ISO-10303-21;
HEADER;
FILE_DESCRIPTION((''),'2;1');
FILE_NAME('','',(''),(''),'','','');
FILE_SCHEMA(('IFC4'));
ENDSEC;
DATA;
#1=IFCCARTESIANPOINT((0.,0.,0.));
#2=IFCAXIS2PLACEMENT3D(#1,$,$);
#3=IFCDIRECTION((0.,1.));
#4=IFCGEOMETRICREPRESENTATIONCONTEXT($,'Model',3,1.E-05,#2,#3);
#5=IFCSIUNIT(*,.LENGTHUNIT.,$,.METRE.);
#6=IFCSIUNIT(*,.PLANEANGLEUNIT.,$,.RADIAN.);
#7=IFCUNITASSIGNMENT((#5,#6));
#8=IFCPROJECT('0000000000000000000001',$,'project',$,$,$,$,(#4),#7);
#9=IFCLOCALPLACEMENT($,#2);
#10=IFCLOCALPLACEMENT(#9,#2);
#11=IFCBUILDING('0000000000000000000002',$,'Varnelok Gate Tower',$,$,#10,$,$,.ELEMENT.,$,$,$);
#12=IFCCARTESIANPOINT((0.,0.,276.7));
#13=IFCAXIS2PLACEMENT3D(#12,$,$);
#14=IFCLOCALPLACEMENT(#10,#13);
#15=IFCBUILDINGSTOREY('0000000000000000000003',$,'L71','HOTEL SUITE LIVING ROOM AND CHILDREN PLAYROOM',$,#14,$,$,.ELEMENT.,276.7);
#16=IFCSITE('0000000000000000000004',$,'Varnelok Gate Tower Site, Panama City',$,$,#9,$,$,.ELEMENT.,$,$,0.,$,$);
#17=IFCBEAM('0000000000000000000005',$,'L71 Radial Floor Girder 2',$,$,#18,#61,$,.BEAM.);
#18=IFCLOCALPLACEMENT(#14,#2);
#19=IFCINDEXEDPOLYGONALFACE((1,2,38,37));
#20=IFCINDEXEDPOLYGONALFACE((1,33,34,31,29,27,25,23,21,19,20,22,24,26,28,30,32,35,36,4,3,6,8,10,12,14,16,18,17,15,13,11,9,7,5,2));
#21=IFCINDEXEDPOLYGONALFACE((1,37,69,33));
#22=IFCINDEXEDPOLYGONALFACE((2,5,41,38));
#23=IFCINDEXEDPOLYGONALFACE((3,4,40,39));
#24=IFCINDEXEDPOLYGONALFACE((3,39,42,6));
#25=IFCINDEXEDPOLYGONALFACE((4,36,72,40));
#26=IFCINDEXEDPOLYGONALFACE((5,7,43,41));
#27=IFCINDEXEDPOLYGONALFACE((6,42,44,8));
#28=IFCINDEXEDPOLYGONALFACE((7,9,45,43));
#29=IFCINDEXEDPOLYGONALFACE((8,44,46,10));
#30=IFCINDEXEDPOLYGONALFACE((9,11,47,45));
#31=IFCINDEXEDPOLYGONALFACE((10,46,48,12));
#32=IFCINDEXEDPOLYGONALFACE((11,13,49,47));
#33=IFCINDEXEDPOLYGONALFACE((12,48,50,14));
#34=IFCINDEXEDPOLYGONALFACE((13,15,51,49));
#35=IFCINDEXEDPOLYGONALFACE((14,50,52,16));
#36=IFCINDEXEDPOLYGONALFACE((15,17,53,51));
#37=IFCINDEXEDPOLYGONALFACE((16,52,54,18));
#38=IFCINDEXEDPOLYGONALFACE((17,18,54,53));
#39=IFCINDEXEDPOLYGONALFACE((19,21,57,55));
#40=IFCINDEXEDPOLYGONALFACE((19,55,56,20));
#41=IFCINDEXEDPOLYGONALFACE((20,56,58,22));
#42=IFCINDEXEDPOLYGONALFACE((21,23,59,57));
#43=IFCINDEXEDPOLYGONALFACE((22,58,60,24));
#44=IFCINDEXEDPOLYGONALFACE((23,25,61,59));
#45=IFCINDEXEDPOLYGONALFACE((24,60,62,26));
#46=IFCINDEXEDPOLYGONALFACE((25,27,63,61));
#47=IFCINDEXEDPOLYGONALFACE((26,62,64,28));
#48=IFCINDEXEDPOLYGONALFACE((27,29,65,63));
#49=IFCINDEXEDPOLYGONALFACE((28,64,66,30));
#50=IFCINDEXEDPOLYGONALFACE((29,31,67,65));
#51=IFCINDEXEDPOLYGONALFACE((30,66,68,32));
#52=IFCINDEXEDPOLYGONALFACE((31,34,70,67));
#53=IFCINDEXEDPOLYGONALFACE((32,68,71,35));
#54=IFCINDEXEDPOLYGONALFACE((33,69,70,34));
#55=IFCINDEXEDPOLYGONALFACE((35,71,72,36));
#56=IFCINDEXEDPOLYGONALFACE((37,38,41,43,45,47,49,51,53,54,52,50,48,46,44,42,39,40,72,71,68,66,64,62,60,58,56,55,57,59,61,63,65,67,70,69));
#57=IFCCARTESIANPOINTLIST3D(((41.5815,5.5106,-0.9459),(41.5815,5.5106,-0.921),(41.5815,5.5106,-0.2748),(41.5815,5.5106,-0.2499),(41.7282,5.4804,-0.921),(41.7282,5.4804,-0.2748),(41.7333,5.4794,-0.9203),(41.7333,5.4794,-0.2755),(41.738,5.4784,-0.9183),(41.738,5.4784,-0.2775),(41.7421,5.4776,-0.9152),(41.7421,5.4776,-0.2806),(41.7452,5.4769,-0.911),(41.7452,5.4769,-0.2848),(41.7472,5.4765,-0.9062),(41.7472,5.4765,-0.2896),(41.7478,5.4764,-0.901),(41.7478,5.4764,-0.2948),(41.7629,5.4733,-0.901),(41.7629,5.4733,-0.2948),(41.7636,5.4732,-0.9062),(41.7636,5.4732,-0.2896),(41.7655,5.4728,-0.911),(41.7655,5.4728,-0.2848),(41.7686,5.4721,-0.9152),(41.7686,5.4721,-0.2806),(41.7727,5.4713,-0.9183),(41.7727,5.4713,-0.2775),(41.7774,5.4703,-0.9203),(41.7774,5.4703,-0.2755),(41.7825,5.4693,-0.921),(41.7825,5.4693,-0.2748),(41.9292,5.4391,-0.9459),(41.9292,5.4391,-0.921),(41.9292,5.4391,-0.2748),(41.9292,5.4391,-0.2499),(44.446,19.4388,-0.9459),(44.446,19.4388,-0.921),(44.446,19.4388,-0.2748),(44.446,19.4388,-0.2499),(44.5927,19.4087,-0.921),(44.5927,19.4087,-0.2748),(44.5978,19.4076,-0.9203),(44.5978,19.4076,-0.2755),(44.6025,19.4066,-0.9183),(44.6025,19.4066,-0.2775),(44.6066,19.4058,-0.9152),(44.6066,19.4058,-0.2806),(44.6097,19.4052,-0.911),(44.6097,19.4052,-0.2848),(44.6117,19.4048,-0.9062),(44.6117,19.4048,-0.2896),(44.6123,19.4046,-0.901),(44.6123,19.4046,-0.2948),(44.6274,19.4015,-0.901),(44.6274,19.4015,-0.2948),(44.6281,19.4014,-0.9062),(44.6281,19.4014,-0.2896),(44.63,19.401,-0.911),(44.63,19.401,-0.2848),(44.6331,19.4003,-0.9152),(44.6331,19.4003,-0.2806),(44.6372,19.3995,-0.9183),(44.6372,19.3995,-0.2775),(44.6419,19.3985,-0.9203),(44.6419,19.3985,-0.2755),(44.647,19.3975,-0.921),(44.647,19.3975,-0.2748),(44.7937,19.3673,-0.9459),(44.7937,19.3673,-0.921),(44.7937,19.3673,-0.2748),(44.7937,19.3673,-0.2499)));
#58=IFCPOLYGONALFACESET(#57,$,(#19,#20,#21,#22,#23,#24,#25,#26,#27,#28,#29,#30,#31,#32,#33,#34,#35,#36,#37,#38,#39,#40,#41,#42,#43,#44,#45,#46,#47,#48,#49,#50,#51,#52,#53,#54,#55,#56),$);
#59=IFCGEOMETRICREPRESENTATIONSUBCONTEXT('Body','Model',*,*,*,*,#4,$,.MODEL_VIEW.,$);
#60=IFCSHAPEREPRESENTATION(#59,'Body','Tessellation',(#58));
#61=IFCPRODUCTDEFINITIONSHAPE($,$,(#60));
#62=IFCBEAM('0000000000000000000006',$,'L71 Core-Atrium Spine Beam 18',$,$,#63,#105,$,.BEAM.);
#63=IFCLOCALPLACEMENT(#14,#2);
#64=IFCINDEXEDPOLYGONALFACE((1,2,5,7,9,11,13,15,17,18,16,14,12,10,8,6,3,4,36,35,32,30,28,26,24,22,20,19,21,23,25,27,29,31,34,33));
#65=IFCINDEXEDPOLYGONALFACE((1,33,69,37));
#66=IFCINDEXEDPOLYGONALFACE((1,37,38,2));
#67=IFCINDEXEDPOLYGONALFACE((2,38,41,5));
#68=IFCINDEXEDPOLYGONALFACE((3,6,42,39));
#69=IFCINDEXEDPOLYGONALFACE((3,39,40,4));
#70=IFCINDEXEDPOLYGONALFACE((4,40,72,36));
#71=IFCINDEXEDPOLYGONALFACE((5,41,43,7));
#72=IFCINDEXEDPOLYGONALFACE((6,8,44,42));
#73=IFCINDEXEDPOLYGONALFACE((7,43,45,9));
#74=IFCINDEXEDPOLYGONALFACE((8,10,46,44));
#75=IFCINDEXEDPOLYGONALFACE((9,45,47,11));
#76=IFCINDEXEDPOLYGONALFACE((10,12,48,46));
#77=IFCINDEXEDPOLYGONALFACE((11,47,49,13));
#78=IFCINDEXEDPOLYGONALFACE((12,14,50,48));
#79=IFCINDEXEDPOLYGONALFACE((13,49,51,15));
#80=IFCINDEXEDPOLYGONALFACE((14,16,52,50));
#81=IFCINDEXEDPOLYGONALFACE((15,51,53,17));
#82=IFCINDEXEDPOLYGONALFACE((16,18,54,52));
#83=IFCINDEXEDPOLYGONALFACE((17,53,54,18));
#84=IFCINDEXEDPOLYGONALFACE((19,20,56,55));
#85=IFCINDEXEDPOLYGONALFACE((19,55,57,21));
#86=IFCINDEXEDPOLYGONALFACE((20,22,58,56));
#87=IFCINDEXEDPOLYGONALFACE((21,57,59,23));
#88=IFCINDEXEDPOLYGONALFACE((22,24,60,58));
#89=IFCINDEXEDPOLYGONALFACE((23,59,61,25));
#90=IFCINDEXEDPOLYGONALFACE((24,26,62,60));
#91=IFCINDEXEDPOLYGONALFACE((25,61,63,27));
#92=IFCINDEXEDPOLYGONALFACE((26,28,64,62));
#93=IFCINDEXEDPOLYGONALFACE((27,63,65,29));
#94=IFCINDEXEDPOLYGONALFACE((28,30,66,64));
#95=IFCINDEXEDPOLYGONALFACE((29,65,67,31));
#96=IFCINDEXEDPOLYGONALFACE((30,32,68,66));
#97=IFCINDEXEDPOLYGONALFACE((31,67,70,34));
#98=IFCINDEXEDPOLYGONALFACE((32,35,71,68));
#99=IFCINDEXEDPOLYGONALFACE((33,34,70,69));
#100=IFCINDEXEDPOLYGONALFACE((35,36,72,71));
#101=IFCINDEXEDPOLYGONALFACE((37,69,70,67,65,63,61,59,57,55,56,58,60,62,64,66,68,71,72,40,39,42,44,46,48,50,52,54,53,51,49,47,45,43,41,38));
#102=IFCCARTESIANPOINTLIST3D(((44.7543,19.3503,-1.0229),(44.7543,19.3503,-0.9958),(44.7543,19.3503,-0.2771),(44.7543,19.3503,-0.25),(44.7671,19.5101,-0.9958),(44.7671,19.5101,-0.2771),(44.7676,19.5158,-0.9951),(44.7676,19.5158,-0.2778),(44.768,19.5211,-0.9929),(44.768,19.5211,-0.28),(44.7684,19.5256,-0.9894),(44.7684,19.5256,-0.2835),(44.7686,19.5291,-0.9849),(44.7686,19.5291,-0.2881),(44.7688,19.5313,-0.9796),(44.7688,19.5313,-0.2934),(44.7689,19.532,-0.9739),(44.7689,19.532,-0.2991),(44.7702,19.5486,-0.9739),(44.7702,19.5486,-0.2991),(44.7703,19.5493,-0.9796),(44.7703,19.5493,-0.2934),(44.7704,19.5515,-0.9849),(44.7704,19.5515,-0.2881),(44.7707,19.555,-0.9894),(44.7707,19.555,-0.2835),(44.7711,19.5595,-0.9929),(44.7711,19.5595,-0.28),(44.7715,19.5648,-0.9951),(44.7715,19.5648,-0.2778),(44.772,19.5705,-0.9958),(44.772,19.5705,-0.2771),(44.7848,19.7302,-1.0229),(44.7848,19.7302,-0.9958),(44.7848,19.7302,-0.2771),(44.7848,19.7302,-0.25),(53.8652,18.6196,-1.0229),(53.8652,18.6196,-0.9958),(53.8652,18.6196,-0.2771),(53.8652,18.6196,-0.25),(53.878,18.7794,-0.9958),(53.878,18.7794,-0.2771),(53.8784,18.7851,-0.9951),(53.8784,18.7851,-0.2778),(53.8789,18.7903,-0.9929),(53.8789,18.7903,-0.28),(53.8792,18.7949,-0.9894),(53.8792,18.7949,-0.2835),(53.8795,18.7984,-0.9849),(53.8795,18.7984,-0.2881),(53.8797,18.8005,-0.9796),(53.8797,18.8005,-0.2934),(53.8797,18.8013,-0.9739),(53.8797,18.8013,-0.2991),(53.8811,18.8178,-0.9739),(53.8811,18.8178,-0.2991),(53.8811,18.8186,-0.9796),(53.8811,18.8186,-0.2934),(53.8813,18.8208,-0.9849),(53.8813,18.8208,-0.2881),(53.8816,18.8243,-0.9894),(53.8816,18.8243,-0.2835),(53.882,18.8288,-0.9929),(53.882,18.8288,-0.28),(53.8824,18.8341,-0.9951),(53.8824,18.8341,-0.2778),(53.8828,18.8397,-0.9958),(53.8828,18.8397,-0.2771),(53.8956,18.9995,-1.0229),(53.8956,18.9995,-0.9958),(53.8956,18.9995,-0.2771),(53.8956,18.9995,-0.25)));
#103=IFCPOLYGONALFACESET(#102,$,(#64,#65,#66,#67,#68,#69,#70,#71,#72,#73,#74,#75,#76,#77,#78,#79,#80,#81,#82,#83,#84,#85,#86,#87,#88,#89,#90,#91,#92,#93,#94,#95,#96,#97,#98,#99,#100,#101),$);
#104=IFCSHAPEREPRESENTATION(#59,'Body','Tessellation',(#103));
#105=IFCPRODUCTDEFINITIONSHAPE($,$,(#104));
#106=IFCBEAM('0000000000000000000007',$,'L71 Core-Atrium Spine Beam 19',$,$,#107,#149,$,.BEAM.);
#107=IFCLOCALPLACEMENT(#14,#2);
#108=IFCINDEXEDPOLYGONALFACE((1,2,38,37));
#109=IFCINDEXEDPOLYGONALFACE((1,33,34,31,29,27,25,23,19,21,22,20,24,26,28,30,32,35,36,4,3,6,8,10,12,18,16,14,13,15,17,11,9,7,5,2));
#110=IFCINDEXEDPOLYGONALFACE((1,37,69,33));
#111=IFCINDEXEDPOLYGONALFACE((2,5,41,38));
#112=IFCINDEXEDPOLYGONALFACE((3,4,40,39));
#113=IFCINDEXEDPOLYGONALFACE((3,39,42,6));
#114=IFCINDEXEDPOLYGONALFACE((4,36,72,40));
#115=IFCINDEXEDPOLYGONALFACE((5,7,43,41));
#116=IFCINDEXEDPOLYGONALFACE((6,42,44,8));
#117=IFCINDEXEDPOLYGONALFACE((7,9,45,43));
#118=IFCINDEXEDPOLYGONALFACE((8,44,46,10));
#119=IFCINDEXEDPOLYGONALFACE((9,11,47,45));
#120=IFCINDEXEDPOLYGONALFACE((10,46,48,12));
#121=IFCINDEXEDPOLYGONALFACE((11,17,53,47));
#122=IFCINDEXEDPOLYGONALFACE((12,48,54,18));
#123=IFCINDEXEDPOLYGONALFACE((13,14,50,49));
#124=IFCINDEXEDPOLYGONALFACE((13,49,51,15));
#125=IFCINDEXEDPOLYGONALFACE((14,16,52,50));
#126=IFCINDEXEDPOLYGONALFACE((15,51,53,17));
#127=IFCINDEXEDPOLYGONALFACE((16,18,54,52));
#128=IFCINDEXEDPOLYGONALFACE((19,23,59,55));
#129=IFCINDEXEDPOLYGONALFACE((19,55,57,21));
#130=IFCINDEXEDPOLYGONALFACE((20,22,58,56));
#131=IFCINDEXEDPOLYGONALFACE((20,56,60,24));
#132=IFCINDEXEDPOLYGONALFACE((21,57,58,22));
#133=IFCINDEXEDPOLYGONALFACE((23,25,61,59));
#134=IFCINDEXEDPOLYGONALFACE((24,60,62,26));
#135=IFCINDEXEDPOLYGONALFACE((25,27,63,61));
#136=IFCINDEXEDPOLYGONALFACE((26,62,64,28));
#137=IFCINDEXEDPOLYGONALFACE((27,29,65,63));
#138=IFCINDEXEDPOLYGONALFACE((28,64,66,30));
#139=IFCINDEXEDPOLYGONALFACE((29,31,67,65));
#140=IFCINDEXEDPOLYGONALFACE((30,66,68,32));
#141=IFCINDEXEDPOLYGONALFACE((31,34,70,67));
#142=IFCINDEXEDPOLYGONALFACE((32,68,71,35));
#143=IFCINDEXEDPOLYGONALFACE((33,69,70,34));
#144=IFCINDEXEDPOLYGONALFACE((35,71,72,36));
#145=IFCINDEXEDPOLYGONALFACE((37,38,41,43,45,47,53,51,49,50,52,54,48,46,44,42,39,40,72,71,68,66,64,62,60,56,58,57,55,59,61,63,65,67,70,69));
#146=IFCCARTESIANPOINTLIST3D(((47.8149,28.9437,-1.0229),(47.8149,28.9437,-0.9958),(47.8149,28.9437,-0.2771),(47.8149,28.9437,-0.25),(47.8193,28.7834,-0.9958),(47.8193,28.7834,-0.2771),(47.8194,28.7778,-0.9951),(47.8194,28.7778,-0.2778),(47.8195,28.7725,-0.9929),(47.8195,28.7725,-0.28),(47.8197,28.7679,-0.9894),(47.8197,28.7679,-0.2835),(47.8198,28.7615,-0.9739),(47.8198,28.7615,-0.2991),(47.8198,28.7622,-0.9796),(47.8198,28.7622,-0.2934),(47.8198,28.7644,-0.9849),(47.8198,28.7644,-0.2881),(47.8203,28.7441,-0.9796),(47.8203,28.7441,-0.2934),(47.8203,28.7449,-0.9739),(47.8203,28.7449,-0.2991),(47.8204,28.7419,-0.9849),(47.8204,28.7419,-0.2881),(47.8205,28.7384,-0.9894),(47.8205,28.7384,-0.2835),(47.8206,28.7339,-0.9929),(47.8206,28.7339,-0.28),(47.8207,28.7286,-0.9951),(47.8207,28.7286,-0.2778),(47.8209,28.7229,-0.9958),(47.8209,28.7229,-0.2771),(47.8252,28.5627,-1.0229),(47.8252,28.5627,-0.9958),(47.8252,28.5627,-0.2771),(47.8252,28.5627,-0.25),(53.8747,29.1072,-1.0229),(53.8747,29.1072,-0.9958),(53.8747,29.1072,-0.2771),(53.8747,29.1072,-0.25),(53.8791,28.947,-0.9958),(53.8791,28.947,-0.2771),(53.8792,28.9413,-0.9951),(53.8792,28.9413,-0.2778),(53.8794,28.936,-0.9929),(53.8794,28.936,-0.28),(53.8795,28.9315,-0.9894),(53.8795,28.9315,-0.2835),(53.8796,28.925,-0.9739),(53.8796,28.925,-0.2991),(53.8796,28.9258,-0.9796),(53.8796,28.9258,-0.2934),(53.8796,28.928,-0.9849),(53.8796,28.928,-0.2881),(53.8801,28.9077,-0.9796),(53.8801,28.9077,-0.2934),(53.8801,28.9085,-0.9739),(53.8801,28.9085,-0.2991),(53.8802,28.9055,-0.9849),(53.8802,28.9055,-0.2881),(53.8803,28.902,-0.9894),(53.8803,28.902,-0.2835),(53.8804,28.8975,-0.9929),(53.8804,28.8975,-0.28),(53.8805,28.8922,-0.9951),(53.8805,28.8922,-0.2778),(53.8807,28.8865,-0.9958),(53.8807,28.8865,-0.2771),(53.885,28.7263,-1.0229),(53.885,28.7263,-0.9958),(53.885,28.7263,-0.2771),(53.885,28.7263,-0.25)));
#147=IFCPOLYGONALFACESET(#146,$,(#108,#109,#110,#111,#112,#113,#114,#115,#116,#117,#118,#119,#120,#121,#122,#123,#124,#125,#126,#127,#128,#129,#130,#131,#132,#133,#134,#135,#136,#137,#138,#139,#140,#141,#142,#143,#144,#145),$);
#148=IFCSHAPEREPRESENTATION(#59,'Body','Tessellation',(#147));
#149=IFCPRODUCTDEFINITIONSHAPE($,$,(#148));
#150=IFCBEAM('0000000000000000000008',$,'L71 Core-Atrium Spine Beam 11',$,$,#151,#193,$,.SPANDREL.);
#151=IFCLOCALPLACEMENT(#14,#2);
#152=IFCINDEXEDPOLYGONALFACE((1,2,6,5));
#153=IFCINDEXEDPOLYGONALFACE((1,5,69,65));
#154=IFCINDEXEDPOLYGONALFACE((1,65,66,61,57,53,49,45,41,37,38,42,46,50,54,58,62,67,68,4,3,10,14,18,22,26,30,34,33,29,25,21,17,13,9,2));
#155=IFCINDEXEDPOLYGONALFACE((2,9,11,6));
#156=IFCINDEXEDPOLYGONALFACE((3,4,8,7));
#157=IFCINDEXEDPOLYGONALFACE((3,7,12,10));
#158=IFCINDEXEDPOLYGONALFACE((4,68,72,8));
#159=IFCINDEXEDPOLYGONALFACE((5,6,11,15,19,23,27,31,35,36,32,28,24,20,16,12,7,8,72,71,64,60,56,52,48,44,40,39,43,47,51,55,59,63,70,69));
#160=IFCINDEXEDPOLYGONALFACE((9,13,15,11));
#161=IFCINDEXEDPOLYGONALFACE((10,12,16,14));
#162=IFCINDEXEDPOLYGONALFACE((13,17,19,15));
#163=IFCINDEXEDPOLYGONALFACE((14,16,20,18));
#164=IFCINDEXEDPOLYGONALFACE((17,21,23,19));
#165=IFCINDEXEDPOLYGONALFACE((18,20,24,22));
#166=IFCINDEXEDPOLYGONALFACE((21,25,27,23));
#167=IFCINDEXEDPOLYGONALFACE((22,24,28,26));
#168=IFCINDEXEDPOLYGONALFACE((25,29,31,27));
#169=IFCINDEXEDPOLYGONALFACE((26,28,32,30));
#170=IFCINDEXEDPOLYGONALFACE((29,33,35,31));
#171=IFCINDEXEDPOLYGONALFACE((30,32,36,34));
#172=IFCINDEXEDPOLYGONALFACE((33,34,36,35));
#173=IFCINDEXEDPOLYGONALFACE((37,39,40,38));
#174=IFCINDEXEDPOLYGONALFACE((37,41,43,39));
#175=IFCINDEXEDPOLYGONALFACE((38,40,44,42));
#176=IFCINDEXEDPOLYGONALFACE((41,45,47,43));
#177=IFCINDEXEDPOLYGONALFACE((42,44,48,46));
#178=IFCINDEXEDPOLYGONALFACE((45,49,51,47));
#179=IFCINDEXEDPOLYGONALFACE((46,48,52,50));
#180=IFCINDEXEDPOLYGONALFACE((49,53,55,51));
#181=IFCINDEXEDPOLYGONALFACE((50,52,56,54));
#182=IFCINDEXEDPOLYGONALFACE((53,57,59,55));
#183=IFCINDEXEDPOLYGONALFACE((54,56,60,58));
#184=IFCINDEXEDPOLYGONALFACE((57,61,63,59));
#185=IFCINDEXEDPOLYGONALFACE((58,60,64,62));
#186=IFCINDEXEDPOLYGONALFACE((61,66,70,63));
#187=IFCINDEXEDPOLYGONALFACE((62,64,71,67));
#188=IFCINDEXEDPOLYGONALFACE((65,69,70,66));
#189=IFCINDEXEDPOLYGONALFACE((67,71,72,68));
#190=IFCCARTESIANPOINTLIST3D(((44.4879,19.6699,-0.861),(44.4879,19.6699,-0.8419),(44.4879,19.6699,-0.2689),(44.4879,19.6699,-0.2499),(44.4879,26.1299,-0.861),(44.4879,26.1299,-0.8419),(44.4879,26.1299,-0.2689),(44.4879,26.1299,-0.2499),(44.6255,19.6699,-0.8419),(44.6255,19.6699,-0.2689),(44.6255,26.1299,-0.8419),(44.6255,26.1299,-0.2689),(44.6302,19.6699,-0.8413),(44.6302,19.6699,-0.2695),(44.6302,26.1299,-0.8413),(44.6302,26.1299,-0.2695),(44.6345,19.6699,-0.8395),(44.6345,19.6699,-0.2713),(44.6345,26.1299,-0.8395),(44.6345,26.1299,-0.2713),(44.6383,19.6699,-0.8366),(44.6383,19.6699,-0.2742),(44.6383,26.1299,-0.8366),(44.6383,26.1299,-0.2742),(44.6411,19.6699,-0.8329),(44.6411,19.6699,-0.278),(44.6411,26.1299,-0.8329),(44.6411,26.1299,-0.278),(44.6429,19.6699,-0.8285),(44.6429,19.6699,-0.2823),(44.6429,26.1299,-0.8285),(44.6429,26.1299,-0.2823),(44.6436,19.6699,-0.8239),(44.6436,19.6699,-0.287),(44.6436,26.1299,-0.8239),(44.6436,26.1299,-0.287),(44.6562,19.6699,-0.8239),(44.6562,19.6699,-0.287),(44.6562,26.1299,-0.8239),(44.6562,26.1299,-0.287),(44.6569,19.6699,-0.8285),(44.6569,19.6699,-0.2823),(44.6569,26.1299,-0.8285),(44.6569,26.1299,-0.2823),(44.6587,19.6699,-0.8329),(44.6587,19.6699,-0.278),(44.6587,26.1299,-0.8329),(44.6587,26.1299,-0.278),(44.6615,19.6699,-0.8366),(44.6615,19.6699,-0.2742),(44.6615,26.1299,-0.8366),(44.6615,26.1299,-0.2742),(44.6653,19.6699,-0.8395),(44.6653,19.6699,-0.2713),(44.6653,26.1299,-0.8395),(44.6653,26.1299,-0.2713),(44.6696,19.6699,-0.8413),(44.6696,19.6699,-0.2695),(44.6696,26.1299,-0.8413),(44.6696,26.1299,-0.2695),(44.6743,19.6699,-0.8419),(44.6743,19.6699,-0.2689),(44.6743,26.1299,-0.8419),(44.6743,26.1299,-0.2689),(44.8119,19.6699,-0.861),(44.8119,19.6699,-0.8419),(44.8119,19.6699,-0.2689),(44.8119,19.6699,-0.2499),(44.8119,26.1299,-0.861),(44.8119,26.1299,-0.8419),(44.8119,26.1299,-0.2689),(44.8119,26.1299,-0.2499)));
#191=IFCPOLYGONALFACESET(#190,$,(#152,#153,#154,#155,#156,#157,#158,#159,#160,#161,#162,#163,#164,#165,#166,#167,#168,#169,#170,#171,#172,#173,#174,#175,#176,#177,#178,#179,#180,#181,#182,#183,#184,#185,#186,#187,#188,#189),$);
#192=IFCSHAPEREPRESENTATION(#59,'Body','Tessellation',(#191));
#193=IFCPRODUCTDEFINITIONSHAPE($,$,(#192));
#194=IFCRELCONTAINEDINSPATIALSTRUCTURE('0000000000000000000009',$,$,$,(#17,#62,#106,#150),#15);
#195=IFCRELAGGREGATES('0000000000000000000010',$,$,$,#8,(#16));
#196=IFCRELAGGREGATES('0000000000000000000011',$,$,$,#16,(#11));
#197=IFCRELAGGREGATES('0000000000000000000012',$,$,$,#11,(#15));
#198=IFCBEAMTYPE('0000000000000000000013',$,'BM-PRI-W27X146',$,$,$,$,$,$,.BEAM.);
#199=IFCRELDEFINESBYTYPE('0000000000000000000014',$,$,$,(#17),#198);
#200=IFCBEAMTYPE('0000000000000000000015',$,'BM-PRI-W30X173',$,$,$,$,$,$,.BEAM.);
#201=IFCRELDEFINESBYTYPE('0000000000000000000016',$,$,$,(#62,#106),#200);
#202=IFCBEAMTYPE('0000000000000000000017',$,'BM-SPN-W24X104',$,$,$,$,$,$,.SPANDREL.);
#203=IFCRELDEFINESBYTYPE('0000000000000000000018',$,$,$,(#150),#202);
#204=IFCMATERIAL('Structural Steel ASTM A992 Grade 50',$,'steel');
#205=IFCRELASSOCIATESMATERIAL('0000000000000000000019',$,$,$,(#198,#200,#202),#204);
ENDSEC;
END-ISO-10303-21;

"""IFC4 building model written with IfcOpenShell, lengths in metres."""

from ifc_helpers import new_model, si_unit, direction, frame, origin, origin_2d, place, context, subcontext, project, spatial, i_section, extrude, material, material_profile, profile_set, type_object, element, save


model = new_model("IFC4")

# Units and contexts
model_context = context("Model", 3, precision=1e-05, world=origin(), true_north=direction((0.0, 1.0)))
body_context = subcontext(model_context, "Body", "Model", "MODEL_VIEW")
ifc_project = project(units=[si_unit("LENGTHUNIT", "METRE"), si_unit("PLANEANGLEUNIT", "RADIAN")], contexts=[model_context])

# Site, building, storey
site_placement = place(None, origin())
site = spatial("IfcSite", under=ifc_project, at=site_placement, Name="Varnelok Gate Tower Site, Panama City", CompositionType="ELEMENT", RefElevation=0.0)
building_placement = place(site_placement, origin())
building = spatial("IfcBuilding", under=site, at=building_placement, Name="Varnelok Gate Tower", CompositionType="ELEMENT")
storey_placement = place(building_placement, frame((0.0, 0.0, 276.7)))
storey = spatial("IfcBuildingStorey", under=building, at=storey_placement, Name="L71", Description="HOTEL SUITE LIVING ROOM AND CHILDREN PLAYROOM", CompositionType="ELEMENT", Elevation=276.7)

# Shared definitions
ifc_material_1 = material(Name="Structural Steel ASTM A992 Grade 50", Category="steel")

# Beams
ifc_material_profile_1 = material_profile(ifc_material_1, i_section(OverallWidth=0.355, OverallDepth=0.696, WebThickness=0.0154, FlangeThickness=0.0249, FilletRadius=0.02, at=origin_2d()), Name="W27X146")
ifc_profile_set_1 = profile_set([ifc_material_profile_1], Name="Structural Steel ASTM A992 Grade 50")
beam_type_1 = type_object("IfcBeamType", Name="BM-PRI-W27X146", PredefinedType="BEAM", material=ifc_profile_set_1)
beam_1_placement = place(storey_placement, frame((44.6199, 19.4031, -0.5979), z_axis=(-0.201446, -0.9795, 0.0), x_axis=(0.9795, -0.201446, 0.0)))
element("IfcBeam", 1, at=beam_1_placement, inside=storey, type_object=beam_type_1, Name="L71 Radial Floor Girder 2", PredefinedType="BEAM", context=body_context, shape_type="SweptSolid", body=[
    extrude(i_section(OverallWidth=0.355, OverallDepth=0.696, WebThickness=0.0154, FlangeThickness=0.0249, FilletRadius=0.02, at=origin_2d()), origin(), (0.0, 0.0, 1.0), 14.2197),
])
ifc_material_profile_2 = material_profile(ifc_material_1, i_section(OverallWidth=0.3811, OverallDepth=0.7729, WebThickness=0.0166, FlangeThickness=0.0271, FilletRadius=0.022, at=origin_2d()), Name="W30X173")
ifc_profile_set_2 = profile_set([ifc_material_profile_2], Name="Structural Steel ASTM A992 Grade 50")
beam_type_2 = type_object("IfcBeamType", Name="BM-PRI-W30X173", PredefinedType="BEAM", material=ifc_profile_set_2)
beam_2_placement = place(storey_placement, frame((44.7695, 19.5403, -0.6365), z_axis=(0.996799, -0.079946, 0.0), x_axis=(0.079946, 0.996799, 0.0)))
element("IfcBeam", 2, at=beam_2_placement, inside=storey, type_object=beam_type_2, Name="L71 Core-Atrium Spine Beam 18", PredefinedType="BEAM", context=body_context, shape_type="SweptSolid", body=[
    extrude(i_section(OverallWidth=0.3811, OverallDepth=0.7729, WebThickness=0.0166, FlangeThickness=0.0271, FilletRadius=0.022, at=origin_2d()), origin(), (0.0, 0.0, 1.0), 9.1401),
])
beam_3_placement = place(storey_placement, frame((47.8201, 28.7532, -0.6365), z_axis=(0.999636, 0.026983, 0.0), x_axis=(-0.026983, 0.999636, 0.0)))
element("IfcBeam", 3, at=beam_3_placement, inside=storey, type_object=beam_type_2, Name="L71 Core-Atrium Spine Beam 19", PredefinedType="BEAM", context=body_context, shape_type="SweptSolid", body=[
    extrude(i_section(OverallWidth=0.3811, OverallDepth=0.7729, WebThickness=0.0166, FlangeThickness=0.0271, FilletRadius=0.022, at=origin_2d()), origin(), (0.0, 0.0, 1.0), 6.062),
])
ifc_material_profile_3 = material_profile(ifc_material_1, i_section(OverallWidth=0.324, OverallDepth=0.6111, WebThickness=0.0127, FlangeThickness=0.019, FilletRadius=0.0181, at=origin_2d()), Name="W24X104")
ifc_profile_set_3 = profile_set([ifc_material_profile_3], Name="Structural Steel ASTM A992 Grade 50")
beam_type_3 = type_object("IfcBeamType", Name="BM-SPN-W24X104", PredefinedType="SPANDREL", material=ifc_profile_set_3)
beam_4_placement = place(storey_placement, frame((44.6499, 19.6699, -0.5554), z_axis=(0.0, 1.0, 0.0), x_axis=(-1.0, 0.0, 0.0)))
element("IfcBeam", 4, at=beam_4_placement, inside=storey, type_object=beam_type_3, Name="L71 Core-Atrium Spine Beam 11", PredefinedType="SPANDREL", context=body_context, shape_type="SweptSolid", body=[
    extrude(i_section(OverallWidth=0.324, OverallDepth=0.6111, WebThickness=0.0127, FlangeThickness=0.019, FilletRadius=0.0181, at=origin_2d()), origin(), (0.0, 0.0, 1.0), 6.46),
])

save(model, "model.ifc")
